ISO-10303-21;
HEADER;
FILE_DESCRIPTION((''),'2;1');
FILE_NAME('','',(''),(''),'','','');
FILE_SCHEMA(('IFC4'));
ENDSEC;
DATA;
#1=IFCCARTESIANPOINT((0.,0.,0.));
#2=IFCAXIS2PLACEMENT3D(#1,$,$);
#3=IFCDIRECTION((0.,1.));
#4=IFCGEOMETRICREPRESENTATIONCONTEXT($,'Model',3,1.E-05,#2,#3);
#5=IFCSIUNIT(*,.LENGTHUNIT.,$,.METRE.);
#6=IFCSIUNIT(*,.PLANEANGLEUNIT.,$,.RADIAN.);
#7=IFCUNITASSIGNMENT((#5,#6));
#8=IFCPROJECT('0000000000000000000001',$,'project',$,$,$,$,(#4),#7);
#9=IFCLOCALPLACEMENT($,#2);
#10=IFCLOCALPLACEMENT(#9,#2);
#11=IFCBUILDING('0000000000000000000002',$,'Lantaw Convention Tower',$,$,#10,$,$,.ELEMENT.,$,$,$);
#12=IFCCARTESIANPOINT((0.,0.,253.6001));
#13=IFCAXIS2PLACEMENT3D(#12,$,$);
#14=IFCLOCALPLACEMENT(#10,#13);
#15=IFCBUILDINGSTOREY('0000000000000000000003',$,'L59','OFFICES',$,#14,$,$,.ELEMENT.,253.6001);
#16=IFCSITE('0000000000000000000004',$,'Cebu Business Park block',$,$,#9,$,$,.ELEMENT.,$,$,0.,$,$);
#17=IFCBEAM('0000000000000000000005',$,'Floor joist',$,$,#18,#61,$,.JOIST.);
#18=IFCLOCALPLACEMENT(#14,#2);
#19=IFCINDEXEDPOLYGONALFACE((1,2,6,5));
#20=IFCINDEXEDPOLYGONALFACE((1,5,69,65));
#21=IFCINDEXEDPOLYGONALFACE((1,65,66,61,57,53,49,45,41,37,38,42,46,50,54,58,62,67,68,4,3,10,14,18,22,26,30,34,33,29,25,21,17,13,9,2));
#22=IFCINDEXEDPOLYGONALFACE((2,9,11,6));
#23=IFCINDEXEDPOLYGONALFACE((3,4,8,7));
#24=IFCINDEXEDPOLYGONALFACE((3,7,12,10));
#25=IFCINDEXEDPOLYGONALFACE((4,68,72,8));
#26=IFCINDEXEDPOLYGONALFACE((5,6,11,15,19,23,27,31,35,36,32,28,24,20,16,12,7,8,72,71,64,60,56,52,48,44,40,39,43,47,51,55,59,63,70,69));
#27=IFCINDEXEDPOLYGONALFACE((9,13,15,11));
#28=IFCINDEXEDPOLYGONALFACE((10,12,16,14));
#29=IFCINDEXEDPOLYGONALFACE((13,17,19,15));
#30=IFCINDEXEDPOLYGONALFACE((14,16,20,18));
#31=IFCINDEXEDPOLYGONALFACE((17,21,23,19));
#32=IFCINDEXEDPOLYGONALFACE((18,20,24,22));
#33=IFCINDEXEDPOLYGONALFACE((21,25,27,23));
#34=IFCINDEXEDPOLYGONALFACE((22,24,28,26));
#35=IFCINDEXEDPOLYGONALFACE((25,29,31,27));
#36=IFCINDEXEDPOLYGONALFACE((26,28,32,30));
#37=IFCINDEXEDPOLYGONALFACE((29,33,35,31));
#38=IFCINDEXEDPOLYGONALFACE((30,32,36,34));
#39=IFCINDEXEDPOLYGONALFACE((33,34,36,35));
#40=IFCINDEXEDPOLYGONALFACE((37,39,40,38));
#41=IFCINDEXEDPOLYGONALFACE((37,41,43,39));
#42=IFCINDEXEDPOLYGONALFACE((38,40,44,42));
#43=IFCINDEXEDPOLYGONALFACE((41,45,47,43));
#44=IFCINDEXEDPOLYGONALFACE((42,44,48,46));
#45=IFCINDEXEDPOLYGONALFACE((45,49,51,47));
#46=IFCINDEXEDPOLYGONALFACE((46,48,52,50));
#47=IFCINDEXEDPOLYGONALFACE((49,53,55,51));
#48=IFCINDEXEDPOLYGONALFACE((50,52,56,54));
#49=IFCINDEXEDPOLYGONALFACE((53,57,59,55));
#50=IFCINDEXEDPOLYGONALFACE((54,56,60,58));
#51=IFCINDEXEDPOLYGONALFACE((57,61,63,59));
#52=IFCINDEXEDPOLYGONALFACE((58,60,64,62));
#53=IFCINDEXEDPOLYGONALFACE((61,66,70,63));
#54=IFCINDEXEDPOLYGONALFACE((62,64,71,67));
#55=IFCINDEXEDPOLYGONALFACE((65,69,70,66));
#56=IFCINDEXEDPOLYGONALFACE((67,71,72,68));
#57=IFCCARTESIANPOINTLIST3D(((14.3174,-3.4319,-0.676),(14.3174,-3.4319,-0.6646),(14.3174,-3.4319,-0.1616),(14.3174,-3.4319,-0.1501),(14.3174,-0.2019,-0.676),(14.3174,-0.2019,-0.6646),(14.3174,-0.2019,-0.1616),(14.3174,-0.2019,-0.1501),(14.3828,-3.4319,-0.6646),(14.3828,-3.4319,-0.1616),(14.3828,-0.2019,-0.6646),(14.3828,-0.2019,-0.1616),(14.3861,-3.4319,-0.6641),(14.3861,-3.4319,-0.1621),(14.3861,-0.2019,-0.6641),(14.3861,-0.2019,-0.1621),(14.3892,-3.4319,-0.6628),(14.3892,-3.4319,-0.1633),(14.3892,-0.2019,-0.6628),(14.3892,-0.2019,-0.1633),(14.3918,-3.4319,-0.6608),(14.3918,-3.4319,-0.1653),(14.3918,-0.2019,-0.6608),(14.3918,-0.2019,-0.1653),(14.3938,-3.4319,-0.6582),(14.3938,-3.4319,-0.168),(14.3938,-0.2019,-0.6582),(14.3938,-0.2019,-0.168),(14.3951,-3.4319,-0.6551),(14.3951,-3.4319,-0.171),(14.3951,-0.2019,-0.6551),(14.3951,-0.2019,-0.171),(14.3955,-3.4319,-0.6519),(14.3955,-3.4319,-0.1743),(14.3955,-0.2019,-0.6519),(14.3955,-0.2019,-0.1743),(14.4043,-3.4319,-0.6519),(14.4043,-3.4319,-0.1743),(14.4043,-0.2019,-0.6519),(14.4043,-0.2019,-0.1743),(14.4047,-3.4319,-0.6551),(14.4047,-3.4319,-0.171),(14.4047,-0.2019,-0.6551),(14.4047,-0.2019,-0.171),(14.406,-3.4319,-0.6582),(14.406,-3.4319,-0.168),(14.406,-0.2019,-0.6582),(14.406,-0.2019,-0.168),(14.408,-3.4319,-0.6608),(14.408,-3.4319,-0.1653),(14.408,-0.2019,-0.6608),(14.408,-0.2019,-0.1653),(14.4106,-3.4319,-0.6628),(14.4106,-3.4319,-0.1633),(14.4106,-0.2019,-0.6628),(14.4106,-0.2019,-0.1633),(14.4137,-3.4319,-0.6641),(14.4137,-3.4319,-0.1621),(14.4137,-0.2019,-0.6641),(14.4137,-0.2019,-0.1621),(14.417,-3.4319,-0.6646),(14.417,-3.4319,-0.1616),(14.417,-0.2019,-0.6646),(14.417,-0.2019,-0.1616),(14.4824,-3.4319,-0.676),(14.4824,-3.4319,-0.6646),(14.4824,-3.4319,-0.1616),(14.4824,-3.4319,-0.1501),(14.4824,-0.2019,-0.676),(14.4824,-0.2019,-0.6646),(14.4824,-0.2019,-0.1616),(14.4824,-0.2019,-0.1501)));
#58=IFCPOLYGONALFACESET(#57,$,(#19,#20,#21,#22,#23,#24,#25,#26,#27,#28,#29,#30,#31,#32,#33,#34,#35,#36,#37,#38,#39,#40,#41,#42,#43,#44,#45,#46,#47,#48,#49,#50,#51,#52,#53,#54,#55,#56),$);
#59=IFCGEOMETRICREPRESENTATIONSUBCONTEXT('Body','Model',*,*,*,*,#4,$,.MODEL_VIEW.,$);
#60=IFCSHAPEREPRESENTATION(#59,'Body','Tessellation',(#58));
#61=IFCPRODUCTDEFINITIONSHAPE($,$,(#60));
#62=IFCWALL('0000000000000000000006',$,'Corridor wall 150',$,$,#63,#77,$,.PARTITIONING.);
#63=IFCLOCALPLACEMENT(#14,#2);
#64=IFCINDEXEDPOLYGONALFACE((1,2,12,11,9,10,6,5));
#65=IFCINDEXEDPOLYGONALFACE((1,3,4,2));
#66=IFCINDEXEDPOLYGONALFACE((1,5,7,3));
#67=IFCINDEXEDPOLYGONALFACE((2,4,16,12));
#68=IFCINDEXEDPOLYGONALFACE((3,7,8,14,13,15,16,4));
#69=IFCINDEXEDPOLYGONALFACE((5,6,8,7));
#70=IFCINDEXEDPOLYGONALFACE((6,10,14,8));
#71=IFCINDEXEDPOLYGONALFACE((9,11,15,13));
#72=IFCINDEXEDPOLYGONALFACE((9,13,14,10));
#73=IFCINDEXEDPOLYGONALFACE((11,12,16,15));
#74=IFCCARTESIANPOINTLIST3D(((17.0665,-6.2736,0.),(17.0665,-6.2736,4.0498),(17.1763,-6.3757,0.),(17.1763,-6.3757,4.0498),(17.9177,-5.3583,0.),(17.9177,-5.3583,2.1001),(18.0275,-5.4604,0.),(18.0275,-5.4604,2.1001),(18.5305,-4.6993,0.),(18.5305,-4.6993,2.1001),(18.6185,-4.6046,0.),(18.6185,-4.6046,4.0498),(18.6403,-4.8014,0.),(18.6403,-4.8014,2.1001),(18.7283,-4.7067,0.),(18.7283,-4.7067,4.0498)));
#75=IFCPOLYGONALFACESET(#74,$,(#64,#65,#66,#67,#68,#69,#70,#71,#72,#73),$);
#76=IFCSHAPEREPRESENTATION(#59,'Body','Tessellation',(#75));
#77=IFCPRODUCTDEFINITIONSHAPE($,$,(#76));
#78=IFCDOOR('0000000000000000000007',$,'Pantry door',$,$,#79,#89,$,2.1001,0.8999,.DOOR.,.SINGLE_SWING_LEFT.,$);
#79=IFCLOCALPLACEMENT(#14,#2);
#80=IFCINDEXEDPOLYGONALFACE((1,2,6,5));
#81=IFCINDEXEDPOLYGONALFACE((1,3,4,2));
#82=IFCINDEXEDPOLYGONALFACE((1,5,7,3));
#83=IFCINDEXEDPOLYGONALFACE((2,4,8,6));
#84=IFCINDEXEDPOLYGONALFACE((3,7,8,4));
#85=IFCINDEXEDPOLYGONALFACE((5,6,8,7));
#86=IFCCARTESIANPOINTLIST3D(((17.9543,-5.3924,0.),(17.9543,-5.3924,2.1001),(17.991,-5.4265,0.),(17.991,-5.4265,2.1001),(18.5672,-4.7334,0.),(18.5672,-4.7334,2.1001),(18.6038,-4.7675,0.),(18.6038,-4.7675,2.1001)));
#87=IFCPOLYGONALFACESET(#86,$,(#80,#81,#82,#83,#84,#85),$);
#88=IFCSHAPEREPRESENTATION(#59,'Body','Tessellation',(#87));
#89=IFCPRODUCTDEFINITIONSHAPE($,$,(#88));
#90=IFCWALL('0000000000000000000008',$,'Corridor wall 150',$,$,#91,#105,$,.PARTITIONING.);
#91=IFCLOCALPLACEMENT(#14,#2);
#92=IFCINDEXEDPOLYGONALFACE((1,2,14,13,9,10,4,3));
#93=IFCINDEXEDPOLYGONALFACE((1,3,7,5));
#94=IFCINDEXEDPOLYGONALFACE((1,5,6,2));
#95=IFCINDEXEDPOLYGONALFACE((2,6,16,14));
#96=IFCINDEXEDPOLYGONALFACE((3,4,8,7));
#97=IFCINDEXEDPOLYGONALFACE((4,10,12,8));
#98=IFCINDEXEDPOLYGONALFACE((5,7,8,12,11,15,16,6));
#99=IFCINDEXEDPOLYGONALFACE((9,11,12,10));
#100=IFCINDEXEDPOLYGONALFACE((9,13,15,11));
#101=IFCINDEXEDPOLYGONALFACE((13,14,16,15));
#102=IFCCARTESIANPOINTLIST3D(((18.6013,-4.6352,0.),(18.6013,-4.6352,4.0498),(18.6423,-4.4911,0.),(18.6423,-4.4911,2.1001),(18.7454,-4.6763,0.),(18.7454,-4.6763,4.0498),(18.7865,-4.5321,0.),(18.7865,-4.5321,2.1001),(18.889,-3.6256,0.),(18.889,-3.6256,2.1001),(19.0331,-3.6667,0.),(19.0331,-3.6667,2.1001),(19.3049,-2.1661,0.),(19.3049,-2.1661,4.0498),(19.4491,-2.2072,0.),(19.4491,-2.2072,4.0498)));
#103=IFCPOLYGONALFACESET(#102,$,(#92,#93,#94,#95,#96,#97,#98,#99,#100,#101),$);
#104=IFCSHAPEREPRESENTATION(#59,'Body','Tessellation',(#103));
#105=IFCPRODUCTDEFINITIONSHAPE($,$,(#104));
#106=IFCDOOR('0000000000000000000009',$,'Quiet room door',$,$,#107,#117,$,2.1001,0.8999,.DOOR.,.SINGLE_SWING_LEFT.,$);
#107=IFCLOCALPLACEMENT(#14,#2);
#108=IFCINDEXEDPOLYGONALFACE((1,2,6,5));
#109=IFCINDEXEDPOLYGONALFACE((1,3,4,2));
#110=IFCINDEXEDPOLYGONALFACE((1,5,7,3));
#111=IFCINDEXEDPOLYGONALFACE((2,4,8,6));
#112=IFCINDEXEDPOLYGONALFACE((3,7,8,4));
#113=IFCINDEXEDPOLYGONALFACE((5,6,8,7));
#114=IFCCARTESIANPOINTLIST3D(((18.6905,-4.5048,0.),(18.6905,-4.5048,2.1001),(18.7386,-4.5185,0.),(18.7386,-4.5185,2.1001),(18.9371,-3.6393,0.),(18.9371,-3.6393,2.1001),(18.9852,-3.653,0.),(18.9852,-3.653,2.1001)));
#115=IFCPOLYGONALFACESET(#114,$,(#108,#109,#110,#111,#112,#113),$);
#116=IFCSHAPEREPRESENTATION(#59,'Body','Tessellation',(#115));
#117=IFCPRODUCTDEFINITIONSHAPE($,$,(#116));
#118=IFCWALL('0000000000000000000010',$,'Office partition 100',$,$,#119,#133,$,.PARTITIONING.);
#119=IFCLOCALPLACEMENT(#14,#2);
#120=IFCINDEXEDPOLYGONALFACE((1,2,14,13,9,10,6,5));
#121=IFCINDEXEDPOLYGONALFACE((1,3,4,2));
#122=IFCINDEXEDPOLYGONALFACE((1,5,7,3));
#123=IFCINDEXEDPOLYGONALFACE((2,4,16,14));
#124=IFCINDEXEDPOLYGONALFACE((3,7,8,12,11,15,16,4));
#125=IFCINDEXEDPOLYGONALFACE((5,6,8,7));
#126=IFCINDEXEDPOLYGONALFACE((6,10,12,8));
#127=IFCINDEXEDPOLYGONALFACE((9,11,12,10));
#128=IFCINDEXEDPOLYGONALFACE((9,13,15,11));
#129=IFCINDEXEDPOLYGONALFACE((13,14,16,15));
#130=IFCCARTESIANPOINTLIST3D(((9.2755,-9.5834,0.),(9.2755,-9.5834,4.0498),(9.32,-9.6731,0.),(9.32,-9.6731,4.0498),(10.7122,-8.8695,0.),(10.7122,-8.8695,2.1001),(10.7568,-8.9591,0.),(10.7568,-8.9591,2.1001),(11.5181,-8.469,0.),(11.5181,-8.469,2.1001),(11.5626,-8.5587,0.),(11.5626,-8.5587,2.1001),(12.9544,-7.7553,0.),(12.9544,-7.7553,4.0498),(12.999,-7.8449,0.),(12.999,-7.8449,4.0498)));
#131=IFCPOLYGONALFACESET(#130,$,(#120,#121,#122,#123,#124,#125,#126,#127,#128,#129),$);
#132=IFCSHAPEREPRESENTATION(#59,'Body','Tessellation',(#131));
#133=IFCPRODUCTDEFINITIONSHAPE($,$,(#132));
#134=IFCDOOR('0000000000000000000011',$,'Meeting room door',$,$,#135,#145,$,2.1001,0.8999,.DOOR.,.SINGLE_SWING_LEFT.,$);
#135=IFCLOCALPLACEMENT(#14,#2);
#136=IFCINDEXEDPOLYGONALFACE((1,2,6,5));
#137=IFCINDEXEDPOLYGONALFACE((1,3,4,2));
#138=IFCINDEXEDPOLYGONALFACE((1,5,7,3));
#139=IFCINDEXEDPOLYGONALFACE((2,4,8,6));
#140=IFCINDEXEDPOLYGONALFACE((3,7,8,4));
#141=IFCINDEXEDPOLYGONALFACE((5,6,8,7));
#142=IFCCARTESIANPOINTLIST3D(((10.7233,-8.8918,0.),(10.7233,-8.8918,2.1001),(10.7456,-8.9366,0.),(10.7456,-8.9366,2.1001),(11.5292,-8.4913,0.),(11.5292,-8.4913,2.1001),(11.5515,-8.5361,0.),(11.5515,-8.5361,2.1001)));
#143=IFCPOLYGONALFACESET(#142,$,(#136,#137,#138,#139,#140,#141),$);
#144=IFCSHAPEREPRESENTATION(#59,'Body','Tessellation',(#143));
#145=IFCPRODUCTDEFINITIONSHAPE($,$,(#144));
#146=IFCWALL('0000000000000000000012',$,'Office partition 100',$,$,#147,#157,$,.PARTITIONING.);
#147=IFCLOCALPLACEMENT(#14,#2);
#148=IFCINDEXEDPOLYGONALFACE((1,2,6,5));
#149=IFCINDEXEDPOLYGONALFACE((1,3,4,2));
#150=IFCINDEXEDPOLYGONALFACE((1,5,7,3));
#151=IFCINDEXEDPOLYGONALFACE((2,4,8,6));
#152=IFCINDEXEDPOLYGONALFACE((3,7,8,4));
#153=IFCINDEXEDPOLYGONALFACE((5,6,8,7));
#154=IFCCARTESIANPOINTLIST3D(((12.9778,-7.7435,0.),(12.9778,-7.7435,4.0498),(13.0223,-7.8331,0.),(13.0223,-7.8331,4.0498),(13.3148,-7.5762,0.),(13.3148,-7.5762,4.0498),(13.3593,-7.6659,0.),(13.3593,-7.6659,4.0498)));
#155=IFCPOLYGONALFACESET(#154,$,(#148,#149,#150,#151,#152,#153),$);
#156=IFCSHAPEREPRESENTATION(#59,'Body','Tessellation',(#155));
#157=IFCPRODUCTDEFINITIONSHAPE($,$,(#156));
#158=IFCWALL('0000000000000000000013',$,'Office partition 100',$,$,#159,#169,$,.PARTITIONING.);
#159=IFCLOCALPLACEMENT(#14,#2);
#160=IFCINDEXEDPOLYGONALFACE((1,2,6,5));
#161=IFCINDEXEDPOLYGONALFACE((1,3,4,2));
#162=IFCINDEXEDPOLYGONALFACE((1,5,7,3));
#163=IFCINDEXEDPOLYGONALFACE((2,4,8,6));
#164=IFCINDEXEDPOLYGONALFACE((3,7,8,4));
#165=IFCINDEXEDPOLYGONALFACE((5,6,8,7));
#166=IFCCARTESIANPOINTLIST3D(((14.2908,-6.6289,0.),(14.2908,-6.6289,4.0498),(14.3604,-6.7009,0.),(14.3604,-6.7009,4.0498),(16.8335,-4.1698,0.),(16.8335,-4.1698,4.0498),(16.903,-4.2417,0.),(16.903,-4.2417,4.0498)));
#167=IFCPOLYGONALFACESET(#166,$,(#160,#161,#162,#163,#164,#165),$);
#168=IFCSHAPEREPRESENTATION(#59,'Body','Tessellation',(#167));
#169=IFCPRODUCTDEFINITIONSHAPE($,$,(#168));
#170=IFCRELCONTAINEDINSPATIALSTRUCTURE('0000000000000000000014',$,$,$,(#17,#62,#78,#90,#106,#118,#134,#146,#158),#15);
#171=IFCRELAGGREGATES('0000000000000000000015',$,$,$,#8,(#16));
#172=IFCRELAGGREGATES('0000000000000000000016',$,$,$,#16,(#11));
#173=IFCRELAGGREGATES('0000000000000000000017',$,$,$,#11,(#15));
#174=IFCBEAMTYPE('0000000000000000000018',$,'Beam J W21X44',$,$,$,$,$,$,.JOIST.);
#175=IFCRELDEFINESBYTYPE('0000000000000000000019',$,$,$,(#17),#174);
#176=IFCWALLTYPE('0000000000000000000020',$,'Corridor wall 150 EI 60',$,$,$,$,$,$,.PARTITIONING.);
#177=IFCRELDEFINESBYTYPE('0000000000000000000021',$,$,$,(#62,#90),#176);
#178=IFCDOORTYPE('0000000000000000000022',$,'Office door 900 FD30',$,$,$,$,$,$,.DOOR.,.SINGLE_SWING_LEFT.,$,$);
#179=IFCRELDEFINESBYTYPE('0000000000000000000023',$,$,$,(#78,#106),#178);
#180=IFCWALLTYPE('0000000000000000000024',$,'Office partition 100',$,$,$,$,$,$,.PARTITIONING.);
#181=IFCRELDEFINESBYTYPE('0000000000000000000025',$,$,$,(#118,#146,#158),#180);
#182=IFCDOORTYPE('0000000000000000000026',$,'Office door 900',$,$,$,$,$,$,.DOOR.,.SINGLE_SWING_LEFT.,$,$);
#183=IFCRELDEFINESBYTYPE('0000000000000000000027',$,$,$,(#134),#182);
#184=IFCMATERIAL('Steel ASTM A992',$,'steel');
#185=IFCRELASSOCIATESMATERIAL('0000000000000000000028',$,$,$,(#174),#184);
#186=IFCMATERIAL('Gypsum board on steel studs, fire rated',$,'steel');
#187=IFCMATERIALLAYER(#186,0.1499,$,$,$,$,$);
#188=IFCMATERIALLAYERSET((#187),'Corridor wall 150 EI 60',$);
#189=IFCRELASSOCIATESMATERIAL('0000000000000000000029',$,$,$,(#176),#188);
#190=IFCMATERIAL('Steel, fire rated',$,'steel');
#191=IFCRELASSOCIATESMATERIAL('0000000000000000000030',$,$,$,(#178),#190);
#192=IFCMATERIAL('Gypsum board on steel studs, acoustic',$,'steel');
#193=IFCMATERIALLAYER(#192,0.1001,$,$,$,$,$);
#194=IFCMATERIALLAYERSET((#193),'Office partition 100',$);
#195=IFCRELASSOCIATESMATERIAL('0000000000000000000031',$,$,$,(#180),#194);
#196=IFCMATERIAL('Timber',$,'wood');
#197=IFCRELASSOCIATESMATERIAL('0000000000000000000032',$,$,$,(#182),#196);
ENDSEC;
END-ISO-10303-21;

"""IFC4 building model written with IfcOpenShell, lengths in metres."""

from ifc_helpers import new_model, si_unit, direction, frame, frame_2d, origin, origin_2d, place, context, subcontext, project, spatial, rectangle, i_section, extrude, material, layer, layer_set, material_profile, profile_set, type_object, element, fill, save


model = new_model("IFC4")

# Units and contexts
model_context = context("Model", 3, precision=1e-05, world=origin(), true_north=direction((0.0, 1.0)))
body_context = subcontext(model_context, "Body", "Model", "MODEL_VIEW")
ifc_project = project(units=[si_unit("LENGTHUNIT", "METRE"), si_unit("PLANEANGLEUNIT", "RADIAN")], contexts=[model_context])

# Site, building, storey
site_placement = place(None, origin())
site = spatial("IfcSite", under=ifc_project, at=site_placement, Name="Cebu Business Park block", CompositionType="ELEMENT", RefElevation=0.0)
building_placement = place(site_placement, origin())
building = spatial("IfcBuilding", under=site, at=building_placement, Name="Lantaw Convention Tower", CompositionType="ELEMENT")
storey_placement = place(building_placement, frame((0.0, 0.0, 253.6001)))
storey = spatial("IfcBuildingStorey", under=building, at=storey_placement, Name="L59", Description="OFFICES", CompositionType="ELEMENT", Elevation=253.6001)

# Beam
ifc_material_1 = material(Name="Steel ASTM A992", Category="steel")
ifc_material_profile_1 = material_profile(ifc_material_1, i_section(OverallWidth=0.165, OverallDepth=0.5259, WebThickness=0.0088, FlangeThickness=0.0115, FilletRadius=0.0127, at=origin_2d()), Name="W21X44")
ifc_profile_set_1 = profile_set([ifc_material_profile_1], Name="Steel ASTM A992")
beam_type_1 = type_object("IfcBeamType", Name="Beam J W21X44", PredefinedType="JOIST", material=ifc_profile_set_1)
beam_1_placement = place(storey_placement, frame((14.3999, -3.4319, -0.4131), z_axis=(0.0, 1.0, 0.0), x_axis=(-1.0, 0.0, 0.0)))
element("IfcBeam", 1, at=beam_1_placement, inside=storey, type_object=beam_type_1, Name="Floor joist", PredefinedType="JOIST", context=body_context, shape_type="SweptSolid", body=[
    extrude(i_section(OverallWidth=0.165, OverallDepth=0.5259, WebThickness=0.0088, FlangeThickness=0.0115, FilletRadius=0.0127, at=origin_2d()), origin(), (0.0, 0.0, 1.0), 3.23),
])

# Walls, openings, doors
ifc_material_2 = material(Name="Gypsum board on steel studs, fire rated", Category="steel")
ifc_layer_1 = layer(ifc_material_2, 0.1499)
ifc_layer_set_1 = layer_set([ifc_layer_1], Name="Corridor wall 150 EI 60")
wall_type_1 = type_object("IfcWallType", Name="Corridor wall 150 EI 60", PredefinedType="PARTITIONING", material=ifc_layer_set_1)
wall_1_placement = place(storey_placement, frame((17.1213, -6.3247, 0.0), z_axis=(0.0, 0.0, 1.0), x_axis=(0.680985, 0.732297, 0.0)))
wall_1 = element("IfcWall", 2, at=wall_1_placement, inside=storey, type_object=wall_type_1, Name="Corridor wall 150", PredefinedType="PARTITIONING", context=body_context, shape_type="SweptSolid", body=[
    extrude(rectangle(XDim=2.2791, YDim=0.1499, at=frame_2d((1.1396, 0.0))), origin(), (0.0, 0.0, 1.0), 4.0498),
])
opening_1_placement = place(wall_1_placement, frame((1.25, 0.0, 0.0)))
opening_1 = element("IfcOpeningElement", 3, at=opening_1_placement, cuts=wall_1, PredefinedType="OPENING", context=body_context, shape_type="SweptSolid", body=[
    extrude(rectangle(XDim=0.8999, YDim=2.1001, at=frame_2d((0.45, 1.05))), frame((0.0, 0.085, 0.0), z_axis=(0.0, -1.0, 0.0), x_axis=(1.0, 0.0, 0.0)), (0.0, 0.0, 1.0), 0.1699),
])
ifc_material_3 = material(Name="Steel, fire rated", Category="steel")
door_type_1 = type_object("IfcDoorType", Name="Office door 900 FD30", OperationType="SINGLE_SWING_LEFT", PredefinedType="DOOR", material=ifc_material_3)
door_1_placement = place(opening_1_placement, origin())
door_1 = element("IfcDoor", 4, at=door_1_placement, inside=storey, type_object=door_type_1, Name="Pantry door", OperationType="SINGLE_SWING_LEFT", OverallHeight=2.1001, OverallWidth=0.8999, PredefinedType="DOOR", context=body_context, shape_type="SweptSolid", body=[
    extrude(rectangle(XDim=0.8999, YDim=2.1001, at=frame_2d((0.45, 1.05))), frame((0.0, 0.0249, 0.0), z_axis=(0.0, -1.0, 0.0), x_axis=(1.0, 0.0, 0.0)), (0.0, 0.0, 1.0), 0.05),
])
fill(opening_1, door_1)
wall_2_placement = place(storey_placement, frame((18.6733, -4.6558, 0.0), z_axis=(0.0, 0.0, 1.0), x_axis=(0.274068, 0.96171, 0.0)))
wall_2 = element("IfcWall", 5, at=wall_2_placement, inside=storey, type_object=wall_type_1, Name="Corridor wall 150", PredefinedType="PARTITIONING", context=body_context, shape_type="SweptSolid", body=[
    extrude(rectangle(XDim=2.5674, YDim=0.1499, at=frame_2d((1.2837, 0.0))), origin(), (0.0, 0.0, 1.0), 4.0498),
])
opening_2_placement = place(wall_2_placement, frame((0.1499, 0.0, 0.0)))
opening_2 = element("IfcOpeningElement", 6, at=opening_2_placement, cuts=wall_2, PredefinedType="OPENING", context=body_context, shape_type="SweptSolid", body=[
    extrude(rectangle(XDim=0.8999, YDim=2.1001, at=frame_2d((0.45, 1.05))), frame((0.0, 0.085, 0.0), z_axis=(0.0, -1.0, 0.0), x_axis=(1.0, 0.0, 0.0)), (0.0, 0.0, 1.0), 0.1699),
])
door_2_placement = place(opening_2_placement, origin())
door_2 = element("IfcDoor", 7, at=door_2_placement, inside=storey, type_object=door_type_1, Name="Quiet room door", OperationType="SINGLE_SWING_LEFT", OverallHeight=2.1001, OverallWidth=0.8999, PredefinedType="DOOR", context=body_context, shape_type="SweptSolid", body=[
    extrude(rectangle(XDim=0.8999, YDim=2.1001, at=frame_2d((0.45, 1.05))), frame((0.0, 0.0249, 0.0), z_axis=(0.0, -1.0, 0.0), x_axis=(1.0, 0.0, 0.0)), (0.0, 0.0, 1.0), 0.05),
])
fill(opening_2, door_2)
ifc_material_4 = material(Name="Gypsum board on steel studs, acoustic", Category="steel")
ifc_layer_2 = layer(ifc_material_4, 0.1001)
ifc_layer_set_2 = layer_set([ifc_layer_2], Name="Office partition 100")
wall_type_2 = type_object("IfcWallType", Name="Office partition 100", PredefinedType="PARTITIONING", material=ifc_layer_set_2)
wall_3_placement = place(storey_placement, frame((12.9768, -7.8, 0.0), z_axis=(0.0, 0.0, 1.0), x_axis=(-0.89553, -0.445001, 0.0)))
wall_3 = element("IfcWall", 8, at=wall_3_placement, inside=storey, type_object=wall_type_2, Name="Office partition 100", PredefinedType="PARTITIONING", context=body_context, shape_type="SweptSolid", body=[
    extrude(rectangle(XDim=4.1082, YDim=0.1001, at=frame_2d((2.0542, 0.0))), origin(), (0.0, 0.0, 1.0), 4.0498),
])
opening_3_placement = place(wall_3_placement, frame((1.604, 0.0, 0.0)))
opening_3 = element("IfcOpeningElement", 9, at=opening_3_placement, cuts=wall_3, PredefinedType="OPENING", context=body_context, shape_type="SweptSolid", body=[
    extrude(rectangle(XDim=0.8999, YDim=2.1001, at=frame_2d((0.45, 1.05))), frame((0.0, 0.0601, 0.0), z_axis=(0.0, -1.0, 0.0), x_axis=(1.0, 0.0, 0.0)), (0.0, 0.0, 1.0), 0.1201),
])
ifc_material_5 = material(Name="Timber", Category="wood")
door_type_2 = type_object("IfcDoorType", Name="Office door 900", OperationType="SINGLE_SWING_LEFT", PredefinedType="DOOR", material=ifc_material_5)
door_3_placement = place(opening_3_placement, origin())
door_3 = element("IfcDoor", 10, at=door_3_placement, inside=storey, type_object=door_type_2, Name="Meeting room door", OperationType="SINGLE_SWING_LEFT", OverallHeight=2.1001, OverallWidth=0.8999, PredefinedType="DOOR", context=body_context, shape_type="SweptSolid", body=[
    extrude(rectangle(XDim=0.8999, YDim=2.1001, at=frame_2d((0.45, 1.05))), frame((0.0, 0.0249, 0.0), z_axis=(0.0, -1.0, 0.0), x_axis=(1.0, 0.0, 0.0)), (0.0, 0.0, 1.0), 0.05),
])
fill(opening_3, door_3)

# Walls
wall_4_placement = place(storey_placement, frame((13.3369, -7.6211, 0.0), z_axis=(0.0, 0.0, 1.0), x_axis=(-0.895722, -0.444615, 0.0)))
element("IfcWall", 11, at=wall_4_placement, inside=storey, type_object=wall_type_2, Name="Office partition 100", PredefinedType="PARTITIONING", context=body_context, shape_type="SweptSolid", body=[
    extrude(rectangle(XDim=0.3762, YDim=0.1001, at=frame_2d((0.188, 0.0))), origin(), (0.0, 0.0, 1.0), 4.0498),
])
wall_5_placement = place(storey_placement, frame((16.8682, -4.2058, 0.0), z_axis=(0.0, 0.0, 1.0), x_axis=(-0.71881, -0.695206, 0.0)))
element("IfcWall", 12, at=wall_5_placement, inside=storey, type_object=wall_type_2, Name="Office partition 100", PredefinedType="PARTITIONING", context=body_context, shape_type="SweptSolid", body=[
    extrude(rectangle(XDim=3.5374, YDim=0.1001, at=frame_2d((1.7686, 0.0))), origin(), (0.0, 0.0, 1.0), 4.0498),
])

save(model, "model.ifc")
